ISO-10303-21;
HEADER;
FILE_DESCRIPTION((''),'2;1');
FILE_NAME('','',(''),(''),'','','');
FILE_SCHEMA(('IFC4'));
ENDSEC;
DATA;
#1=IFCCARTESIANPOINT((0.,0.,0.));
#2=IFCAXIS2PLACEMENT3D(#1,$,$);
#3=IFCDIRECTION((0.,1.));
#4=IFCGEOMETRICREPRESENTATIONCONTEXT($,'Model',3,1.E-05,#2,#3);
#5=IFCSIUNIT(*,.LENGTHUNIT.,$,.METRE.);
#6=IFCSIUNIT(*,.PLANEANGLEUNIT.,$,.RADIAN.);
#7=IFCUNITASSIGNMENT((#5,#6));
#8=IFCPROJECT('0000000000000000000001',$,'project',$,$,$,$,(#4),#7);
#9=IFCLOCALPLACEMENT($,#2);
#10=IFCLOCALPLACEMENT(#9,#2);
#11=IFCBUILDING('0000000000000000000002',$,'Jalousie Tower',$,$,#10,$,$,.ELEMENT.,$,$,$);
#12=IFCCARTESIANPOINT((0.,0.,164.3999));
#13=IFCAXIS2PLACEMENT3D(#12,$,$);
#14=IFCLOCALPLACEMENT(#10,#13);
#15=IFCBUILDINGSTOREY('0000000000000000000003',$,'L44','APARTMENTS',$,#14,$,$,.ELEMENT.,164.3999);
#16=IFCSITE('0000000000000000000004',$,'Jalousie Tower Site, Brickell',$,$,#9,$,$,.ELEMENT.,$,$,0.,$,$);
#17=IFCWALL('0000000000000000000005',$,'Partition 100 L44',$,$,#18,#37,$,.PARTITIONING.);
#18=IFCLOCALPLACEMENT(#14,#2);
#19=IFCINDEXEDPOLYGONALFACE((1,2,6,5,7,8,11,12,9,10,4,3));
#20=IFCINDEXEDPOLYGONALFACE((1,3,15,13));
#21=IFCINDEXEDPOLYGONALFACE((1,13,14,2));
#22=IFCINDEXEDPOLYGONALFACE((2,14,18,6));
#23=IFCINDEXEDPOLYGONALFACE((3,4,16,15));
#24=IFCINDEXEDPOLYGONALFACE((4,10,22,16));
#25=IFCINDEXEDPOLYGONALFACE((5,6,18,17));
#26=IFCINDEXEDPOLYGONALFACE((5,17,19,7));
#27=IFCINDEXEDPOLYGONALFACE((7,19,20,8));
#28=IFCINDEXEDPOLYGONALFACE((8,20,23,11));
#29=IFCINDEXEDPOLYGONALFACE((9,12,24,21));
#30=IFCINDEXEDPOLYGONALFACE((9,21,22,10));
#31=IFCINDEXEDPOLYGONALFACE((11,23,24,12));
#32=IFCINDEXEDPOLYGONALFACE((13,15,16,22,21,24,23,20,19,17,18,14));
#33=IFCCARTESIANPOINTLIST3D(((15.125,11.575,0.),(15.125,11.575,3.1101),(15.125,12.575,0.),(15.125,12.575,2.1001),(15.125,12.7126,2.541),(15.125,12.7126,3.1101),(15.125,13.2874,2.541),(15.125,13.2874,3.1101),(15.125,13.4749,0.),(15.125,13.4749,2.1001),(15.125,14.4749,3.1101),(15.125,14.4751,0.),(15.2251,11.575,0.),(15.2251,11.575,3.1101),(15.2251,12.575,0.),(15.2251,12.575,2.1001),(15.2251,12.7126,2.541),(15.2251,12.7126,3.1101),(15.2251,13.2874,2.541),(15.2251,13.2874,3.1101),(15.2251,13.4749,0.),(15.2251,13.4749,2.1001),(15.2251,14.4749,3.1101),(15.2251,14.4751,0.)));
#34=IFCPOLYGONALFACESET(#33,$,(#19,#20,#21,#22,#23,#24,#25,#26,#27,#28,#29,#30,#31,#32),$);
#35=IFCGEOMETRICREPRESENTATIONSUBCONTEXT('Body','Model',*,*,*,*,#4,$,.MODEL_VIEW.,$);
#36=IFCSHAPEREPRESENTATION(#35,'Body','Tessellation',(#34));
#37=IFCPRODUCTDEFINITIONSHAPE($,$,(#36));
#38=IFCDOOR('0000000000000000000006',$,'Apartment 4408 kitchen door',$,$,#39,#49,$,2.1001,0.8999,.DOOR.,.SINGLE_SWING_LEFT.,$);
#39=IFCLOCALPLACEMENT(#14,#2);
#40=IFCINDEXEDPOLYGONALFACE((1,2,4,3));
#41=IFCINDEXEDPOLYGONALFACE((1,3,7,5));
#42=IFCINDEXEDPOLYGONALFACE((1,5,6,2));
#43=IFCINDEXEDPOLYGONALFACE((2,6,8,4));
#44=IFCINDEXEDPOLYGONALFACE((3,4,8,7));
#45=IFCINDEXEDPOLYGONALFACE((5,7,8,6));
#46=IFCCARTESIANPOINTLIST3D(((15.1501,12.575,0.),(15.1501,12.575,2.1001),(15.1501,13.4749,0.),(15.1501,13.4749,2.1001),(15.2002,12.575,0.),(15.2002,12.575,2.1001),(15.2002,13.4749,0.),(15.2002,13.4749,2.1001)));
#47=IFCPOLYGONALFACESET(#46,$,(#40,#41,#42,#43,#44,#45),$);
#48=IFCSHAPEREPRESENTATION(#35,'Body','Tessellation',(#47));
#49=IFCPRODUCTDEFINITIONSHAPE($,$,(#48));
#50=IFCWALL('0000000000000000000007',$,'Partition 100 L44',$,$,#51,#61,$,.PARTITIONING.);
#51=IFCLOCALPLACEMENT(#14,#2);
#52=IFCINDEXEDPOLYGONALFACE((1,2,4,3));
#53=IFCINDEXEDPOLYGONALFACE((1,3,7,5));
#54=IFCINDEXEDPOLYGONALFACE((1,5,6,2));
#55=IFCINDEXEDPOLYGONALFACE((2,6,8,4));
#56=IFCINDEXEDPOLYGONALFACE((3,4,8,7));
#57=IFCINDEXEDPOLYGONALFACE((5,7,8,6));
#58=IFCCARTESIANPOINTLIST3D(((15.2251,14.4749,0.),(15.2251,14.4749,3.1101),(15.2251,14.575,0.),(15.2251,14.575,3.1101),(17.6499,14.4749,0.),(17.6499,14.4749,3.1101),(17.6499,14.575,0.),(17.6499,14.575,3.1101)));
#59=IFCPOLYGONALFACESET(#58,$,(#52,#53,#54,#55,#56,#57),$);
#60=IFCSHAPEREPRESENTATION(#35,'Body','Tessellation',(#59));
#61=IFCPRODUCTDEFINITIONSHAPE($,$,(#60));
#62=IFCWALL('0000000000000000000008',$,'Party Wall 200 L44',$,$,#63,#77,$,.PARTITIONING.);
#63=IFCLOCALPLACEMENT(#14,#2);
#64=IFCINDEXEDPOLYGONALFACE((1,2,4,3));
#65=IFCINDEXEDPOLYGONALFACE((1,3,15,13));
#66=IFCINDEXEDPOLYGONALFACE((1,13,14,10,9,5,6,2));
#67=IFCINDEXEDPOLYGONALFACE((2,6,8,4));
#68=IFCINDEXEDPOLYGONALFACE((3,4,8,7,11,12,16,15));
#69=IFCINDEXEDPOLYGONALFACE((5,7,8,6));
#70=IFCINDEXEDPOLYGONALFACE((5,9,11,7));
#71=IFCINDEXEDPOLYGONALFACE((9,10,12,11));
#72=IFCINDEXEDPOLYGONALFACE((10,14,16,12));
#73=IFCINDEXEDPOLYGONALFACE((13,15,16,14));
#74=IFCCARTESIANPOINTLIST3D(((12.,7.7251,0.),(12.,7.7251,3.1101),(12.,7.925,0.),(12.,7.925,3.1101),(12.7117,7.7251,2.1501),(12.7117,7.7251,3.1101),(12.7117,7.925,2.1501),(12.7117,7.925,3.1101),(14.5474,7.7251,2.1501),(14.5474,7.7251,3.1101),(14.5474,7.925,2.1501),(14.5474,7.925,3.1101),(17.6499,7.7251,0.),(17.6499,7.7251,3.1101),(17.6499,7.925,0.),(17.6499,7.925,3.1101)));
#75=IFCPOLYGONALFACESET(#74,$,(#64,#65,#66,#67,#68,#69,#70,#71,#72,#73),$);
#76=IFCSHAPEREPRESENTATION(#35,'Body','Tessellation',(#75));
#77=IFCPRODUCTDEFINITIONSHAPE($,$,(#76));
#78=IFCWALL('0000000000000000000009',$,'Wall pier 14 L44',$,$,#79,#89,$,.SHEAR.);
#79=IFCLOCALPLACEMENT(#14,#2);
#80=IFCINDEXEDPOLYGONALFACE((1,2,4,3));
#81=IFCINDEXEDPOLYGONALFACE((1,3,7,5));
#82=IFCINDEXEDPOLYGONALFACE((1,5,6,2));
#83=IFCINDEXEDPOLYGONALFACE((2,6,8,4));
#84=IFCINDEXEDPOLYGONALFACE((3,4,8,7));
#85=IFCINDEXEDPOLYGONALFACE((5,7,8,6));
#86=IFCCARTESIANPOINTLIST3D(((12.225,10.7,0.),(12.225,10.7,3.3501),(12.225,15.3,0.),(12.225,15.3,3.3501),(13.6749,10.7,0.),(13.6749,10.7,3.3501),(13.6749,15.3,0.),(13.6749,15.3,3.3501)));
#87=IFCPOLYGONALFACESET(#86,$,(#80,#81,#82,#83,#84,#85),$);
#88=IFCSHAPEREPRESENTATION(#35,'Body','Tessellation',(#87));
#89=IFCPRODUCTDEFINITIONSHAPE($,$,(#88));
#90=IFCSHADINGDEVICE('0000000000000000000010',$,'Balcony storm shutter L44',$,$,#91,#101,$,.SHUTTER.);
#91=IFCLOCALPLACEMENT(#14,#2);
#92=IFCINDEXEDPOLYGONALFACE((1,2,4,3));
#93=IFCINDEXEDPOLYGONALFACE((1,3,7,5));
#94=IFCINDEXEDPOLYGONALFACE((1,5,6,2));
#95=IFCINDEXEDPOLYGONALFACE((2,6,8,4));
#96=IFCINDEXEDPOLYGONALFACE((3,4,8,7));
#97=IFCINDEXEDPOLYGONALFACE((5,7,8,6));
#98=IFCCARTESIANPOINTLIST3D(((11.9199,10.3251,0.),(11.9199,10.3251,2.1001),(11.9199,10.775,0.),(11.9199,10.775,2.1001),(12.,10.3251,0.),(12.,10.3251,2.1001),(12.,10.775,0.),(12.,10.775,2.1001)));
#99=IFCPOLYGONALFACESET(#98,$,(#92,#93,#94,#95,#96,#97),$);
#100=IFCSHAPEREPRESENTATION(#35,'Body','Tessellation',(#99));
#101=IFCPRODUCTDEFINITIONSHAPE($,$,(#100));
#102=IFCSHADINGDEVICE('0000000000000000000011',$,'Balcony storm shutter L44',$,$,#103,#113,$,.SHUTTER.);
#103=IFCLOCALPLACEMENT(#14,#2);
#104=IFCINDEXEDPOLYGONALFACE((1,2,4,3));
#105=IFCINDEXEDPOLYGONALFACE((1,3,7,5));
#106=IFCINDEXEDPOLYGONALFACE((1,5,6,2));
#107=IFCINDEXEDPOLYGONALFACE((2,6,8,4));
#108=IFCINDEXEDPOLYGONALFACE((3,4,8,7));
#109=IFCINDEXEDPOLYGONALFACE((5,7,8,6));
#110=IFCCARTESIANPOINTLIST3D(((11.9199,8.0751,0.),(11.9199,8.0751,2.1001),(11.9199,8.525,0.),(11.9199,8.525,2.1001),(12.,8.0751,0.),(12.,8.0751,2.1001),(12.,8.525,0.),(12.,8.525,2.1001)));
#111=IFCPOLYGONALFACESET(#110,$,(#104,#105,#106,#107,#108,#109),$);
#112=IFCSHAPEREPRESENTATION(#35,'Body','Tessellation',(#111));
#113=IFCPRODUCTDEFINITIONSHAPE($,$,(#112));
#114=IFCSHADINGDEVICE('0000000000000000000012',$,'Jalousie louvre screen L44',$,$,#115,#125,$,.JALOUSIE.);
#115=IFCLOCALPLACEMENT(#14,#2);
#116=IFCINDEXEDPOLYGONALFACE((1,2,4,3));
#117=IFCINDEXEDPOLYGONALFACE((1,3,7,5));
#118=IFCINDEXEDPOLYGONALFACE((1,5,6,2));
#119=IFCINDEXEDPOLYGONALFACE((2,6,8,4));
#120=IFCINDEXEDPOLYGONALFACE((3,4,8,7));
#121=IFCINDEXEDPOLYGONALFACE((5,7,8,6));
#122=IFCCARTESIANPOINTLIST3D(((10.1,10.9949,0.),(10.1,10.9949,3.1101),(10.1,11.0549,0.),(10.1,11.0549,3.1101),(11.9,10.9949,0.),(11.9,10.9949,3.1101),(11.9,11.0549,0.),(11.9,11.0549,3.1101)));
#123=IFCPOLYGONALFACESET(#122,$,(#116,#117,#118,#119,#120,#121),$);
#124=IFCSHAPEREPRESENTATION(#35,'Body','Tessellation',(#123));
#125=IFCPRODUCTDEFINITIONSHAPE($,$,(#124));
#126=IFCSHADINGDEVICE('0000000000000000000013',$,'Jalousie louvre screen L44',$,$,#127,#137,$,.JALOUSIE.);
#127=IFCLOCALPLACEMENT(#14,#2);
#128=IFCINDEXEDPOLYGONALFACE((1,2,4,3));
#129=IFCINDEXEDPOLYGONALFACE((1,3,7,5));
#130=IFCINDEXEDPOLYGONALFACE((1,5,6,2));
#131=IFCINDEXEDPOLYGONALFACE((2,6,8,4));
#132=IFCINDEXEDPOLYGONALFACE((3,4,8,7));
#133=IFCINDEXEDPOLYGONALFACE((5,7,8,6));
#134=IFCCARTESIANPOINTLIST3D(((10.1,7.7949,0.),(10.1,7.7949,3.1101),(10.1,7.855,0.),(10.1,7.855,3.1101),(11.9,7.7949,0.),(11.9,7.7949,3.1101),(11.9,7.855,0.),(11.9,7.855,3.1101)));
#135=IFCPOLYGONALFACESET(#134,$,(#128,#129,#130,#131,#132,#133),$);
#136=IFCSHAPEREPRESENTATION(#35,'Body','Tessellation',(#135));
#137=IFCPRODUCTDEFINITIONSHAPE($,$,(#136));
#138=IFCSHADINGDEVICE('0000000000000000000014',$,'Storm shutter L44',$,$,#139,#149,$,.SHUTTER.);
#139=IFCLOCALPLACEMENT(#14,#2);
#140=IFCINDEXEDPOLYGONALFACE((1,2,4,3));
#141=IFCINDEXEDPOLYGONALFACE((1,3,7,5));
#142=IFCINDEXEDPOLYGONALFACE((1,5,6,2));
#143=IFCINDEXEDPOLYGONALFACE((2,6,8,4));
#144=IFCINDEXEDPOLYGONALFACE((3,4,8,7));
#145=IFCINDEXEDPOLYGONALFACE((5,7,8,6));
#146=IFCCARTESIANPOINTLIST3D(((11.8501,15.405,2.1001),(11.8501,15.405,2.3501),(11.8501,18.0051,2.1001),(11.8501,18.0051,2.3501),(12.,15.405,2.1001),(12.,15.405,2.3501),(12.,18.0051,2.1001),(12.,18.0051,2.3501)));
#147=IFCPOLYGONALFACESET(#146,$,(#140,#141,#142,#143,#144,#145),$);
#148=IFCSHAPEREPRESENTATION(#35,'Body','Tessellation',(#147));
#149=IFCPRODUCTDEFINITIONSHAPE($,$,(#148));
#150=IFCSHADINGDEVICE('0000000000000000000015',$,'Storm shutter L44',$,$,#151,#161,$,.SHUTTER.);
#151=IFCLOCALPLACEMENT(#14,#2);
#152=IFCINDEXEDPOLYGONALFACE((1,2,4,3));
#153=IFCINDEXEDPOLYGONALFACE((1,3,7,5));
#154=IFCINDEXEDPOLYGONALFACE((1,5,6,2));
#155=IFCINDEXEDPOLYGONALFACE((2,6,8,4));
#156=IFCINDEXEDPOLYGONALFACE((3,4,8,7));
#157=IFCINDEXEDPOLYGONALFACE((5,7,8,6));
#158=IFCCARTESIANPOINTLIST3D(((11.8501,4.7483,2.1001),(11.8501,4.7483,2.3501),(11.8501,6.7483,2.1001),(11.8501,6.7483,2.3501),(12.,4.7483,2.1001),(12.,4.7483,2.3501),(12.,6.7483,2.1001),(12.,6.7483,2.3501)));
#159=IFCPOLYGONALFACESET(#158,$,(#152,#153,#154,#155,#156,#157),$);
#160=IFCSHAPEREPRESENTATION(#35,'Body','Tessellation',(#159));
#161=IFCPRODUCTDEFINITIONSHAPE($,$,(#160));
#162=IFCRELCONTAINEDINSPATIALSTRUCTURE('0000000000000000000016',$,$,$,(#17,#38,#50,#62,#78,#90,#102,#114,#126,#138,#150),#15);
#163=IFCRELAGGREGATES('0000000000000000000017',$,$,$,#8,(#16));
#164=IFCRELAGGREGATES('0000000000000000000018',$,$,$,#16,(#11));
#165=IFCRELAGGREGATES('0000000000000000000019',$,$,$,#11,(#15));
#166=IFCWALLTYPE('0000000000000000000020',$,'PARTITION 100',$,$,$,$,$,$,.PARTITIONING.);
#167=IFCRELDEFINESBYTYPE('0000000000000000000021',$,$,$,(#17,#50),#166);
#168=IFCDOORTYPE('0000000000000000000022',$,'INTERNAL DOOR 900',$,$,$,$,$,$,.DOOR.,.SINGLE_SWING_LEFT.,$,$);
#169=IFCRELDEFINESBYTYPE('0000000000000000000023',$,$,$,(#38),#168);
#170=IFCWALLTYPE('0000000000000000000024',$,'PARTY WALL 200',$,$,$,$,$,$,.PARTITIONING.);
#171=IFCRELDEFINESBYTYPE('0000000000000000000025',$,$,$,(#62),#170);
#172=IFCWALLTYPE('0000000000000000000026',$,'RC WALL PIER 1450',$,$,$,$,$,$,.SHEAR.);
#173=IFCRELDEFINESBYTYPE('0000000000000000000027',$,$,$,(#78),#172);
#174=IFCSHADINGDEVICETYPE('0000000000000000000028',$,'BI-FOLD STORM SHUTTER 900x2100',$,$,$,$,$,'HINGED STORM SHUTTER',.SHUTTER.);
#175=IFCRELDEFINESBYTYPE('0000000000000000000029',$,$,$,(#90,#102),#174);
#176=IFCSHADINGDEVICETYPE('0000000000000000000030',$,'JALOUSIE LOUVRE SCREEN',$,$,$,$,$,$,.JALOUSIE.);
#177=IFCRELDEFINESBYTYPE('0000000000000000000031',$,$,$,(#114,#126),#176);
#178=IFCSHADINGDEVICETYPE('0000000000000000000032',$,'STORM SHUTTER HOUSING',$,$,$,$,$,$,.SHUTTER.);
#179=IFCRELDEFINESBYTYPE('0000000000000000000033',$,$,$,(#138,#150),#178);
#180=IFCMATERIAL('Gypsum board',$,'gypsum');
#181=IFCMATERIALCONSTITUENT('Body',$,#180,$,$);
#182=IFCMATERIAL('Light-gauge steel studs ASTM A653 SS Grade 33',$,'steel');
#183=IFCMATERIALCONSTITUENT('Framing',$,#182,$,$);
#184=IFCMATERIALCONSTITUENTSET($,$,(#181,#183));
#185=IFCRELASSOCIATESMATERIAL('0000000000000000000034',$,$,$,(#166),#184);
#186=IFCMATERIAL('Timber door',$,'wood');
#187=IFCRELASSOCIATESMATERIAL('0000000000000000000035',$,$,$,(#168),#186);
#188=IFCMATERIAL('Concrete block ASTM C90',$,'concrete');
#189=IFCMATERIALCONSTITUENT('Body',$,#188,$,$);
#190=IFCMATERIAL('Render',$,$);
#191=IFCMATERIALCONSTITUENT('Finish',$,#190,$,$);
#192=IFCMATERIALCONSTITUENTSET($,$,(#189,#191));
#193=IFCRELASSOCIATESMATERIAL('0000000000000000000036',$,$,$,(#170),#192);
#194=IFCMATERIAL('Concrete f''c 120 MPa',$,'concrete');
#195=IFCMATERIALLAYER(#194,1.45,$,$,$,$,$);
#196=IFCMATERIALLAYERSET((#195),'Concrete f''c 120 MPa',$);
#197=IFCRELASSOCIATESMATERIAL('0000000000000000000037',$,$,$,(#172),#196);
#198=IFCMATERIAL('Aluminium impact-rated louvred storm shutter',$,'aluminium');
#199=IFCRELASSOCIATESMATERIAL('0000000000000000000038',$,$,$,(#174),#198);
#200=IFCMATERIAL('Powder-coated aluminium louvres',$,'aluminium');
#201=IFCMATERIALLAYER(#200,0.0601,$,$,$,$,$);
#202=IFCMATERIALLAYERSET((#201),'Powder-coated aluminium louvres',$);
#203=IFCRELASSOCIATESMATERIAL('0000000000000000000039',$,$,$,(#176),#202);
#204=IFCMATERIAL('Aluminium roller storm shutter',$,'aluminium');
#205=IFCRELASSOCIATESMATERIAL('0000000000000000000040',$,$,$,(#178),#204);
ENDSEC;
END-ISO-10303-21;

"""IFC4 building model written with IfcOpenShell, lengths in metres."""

from ifc_helpers import new_model, si_unit, direction, frame, frame_2d, origin, origin_2d, place, context, subcontext, project, spatial, polyline, rectangle, outline, extrude, material, layer, layer_set, constituent, constituent_set, type_object, element, fill, save


model = new_model("IFC4")

# Units and contexts
model_context = context("Model", 3, precision=1e-05, world=origin(), true_north=direction((0.0, 1.0)))
body_context = subcontext(model_context, "Body", "Model", "MODEL_VIEW")
ifc_project = project(units=[si_unit("LENGTHUNIT", "METRE"), si_unit("PLANEANGLEUNIT", "RADIAN")], contexts=[model_context])

# Site, building, storey
site_placement = place(None, origin())
site = spatial("IfcSite", under=ifc_project, at=site_placement, Name="Jalousie Tower Site, Brickell", CompositionType="ELEMENT", RefElevation=0.0)
building_placement = place(site_placement, origin())
building = spatial("IfcBuilding", under=site, at=building_placement, Name="Jalousie Tower", CompositionType="ELEMENT")
storey_placement = place(building_placement, frame((0.0, 0.0, 164.3999)))
storey = spatial("IfcBuildingStorey", under=building, at=storey_placement, Name="L44", Description="APARTMENTS", CompositionType="ELEMENT", Elevation=164.3999)

# Wall, opening, door
ifc_material_1 = material(Name="Gypsum board", Category="gypsum")
ifc_constituent_1 = constituent(ifc_material_1, Name="Body")
ifc_material_2 = material(Name="Light-gauge steel studs ASTM A653 SS Grade 33", Category="steel")
ifc_constituent_2 = constituent(ifc_material_2, Name="Framing")
ifc_constituent_set_1 = constituent_set(constituents=[ifc_constituent_1, ifc_constituent_2])
wall_type_1 = type_object("IfcWallType", Name="PARTITION 100", PredefinedType="PARTITIONING", material=ifc_constituent_set_1)
wall_1_placement = place(storey_placement, frame((15.175, 11.575, 0.0), z_axis=(0.0, 0.0, 1.0), x_axis=(0.0, 1.0, 0.0)))
wall_1 = element("IfcWall", 1, at=wall_1_placement, inside=storey, type_object=wall_type_1, Name="Partition 100 L44", PredefinedType="PARTITIONING", context=body_context, shape_type="SweptSolid", body=[
    extrude(outline(polyline([(0.0, 0.0), (2.9001, 0.0), (2.8999, 3.1101), (1.7124, 3.1101), (1.7124, 2.541), (1.1377, 2.541), (1.1377, 3.1101), (0.0, 3.1101), (0.0, 0.0)])), frame((0.0, 0.05, 0.0), z_axis=(0.0, -1.0, 0.0), x_axis=(1.0, 0.0, 0.0)), (0.0, 0.0, 1.0), 0.1001),
])
opening_1_placement = place(wall_1_placement, frame((1.0, 0.0, 0.0)))
opening_1 = element("IfcOpeningElement", 2, at=opening_1_placement, cuts=wall_1, PredefinedType="OPENING", context=body_context, shape_type="SweptSolid", body=[
    extrude(rectangle(XDim=0.8999, YDim=2.1001, at=frame_2d((0.45, 1.05))), frame((0.0, 0.0601, 0.0), z_axis=(0.0, -1.0, 0.0), x_axis=(1.0, 0.0, 0.0)), (0.0, 0.0, 1.0), 0.1201),
])
ifc_material_3 = material(Name="Timber door", Category="wood")
door_type_1 = type_object("IfcDoorType", Name="INTERNAL DOOR 900", OperationType="SINGLE_SWING_LEFT", PredefinedType="DOOR", material=ifc_material_3)
door_1_placement = place(opening_1_placement, origin())
door_1 = element("IfcDoor", 3, at=door_1_placement, inside=storey, type_object=door_type_1, Name="Apartment 4408 kitchen door", OperationType="SINGLE_SWING_LEFT", OverallHeight=2.1001, OverallWidth=0.8999, PredefinedType="DOOR", context=body_context, shape_type="SweptSolid", body=[
    extrude(rectangle(XDim=0.8999, YDim=2.1001, at=frame_2d((0.45, 1.05))), frame((0.0, 0.0249, 0.0), z_axis=(0.0, -1.0, 0.0), x_axis=(1.0, 0.0, 0.0)), (0.0, 0.0, 1.0), 0.05),
])
fill(opening_1, door_1)

# Walls
wall_2_placement = place(storey_placement, frame((15.2251, 14.5249, 0.0), z_axis=(0.0, 0.0, 1.0), x_axis=(1.0, 0.0, 0.0)))
element("IfcWall", 4, at=wall_2_placement, inside=storey, type_object=wall_type_1, Name="Partition 100 L44", PredefinedType="PARTITIONING", context=body_context, shape_type="SweptSolid", body=[
    extrude(rectangle(XDim=2.4248, YDim=0.1001, at=frame_2d((1.2124, 0.0))), origin(), (0.0, 0.0, 1.0), 3.1101),
])
ifc_material_4 = material(Name="Concrete block ASTM C90", Category="concrete")
ifc_constituent_3 = constituent(ifc_material_4, Name="Body")
ifc_material_5 = material(Name="Render")
ifc_constituent_4 = constituent(ifc_material_5, Name="Finish")
ifc_constituent_set_2 = constituent_set(constituents=[ifc_constituent_3, ifc_constituent_4])
wall_type_2 = type_object("IfcWallType", Name="PARTY WALL 200", PredefinedType="PARTITIONING", material=ifc_constituent_set_2)
wall_3_placement = place(storey_placement, frame((12.0, 7.825, 0.0), z_axis=(0.0, 0.0, 1.0), x_axis=(1.0, 0.0, 0.0)))
element("IfcWall", 5, at=wall_3_placement, inside=storey, type_object=wall_type_2, Name="Party Wall 200 L44", PredefinedType="PARTITIONING", context=body_context, shape_type="SweptSolid", body=[
    extrude(outline(polyline([(0.0, 0.0), (5.6499, 0.0), (5.6499, 3.1101), (2.5474, 3.1101), (2.5474, 2.1501), (0.7117, 2.1501), (0.7117, 3.1101), (0.0, 3.1101), (0.0, 0.0)])), frame((0.0, 0.1001, 0.0), z_axis=(0.0, -1.0, 0.0), x_axis=(1.0, 0.0, 0.0)), (0.0, 0.0, 1.0), 0.2),
])
ifc_material_6 = material(Name="Concrete f'c 120 MPa", Category="concrete")
ifc_layer_1 = layer(ifc_material_6, 1.45)
ifc_layer_set_1 = layer_set([ifc_layer_1], Name="Concrete f'c 120 MPa")
wall_type_3 = type_object("IfcWallType", Name="RC WALL PIER 1450", PredefinedType="SHEAR", material=ifc_layer_set_1)
wall_4_placement = place(storey_placement, frame((12.95, 10.7, 0.0), z_axis=(0.0, 0.0, 1.0), x_axis=(0.0, 1.0, 0.0)))
element("IfcWall", 6, at=wall_4_placement, inside=storey, type_object=wall_type_3, Name="Wall pier 14 L44", PredefinedType="SHEAR", context=body_context, shape_type="SweptSolid", body=[
    extrude(rectangle(XDim=4.6001, YDim=1.45, at=frame_2d((2.3, 0.0))), origin(), (0.0, 0.0, 1.0), 3.3501),
])

# Shading devices
ifc_material_7 = material(Name="Aluminium impact-rated louvred storm shutter", Category="aluminium")
shading_device_type_1 = type_object("IfcShadingDeviceType", Name="BI-FOLD STORM SHUTTER 900x2100", ElementType="HINGED STORM SHUTTER", PredefinedType="SHUTTER", material=ifc_material_7)
for number, where, z_axis, x_axis, name in (
    (7, (11.96, 10.55, 0.0), (0.0, 0.0, 1.0), (0.0, -1.0, 0.0), "Balcony storm shutter L44"),
    (8, (11.96, 8.3, 0.0), (0.0, 0.0, 1.0), (0.0, -1.0, 0.0), "Balcony storm shutter L44"),
):
    element("IfcShadingDevice", number, at=place(storey_placement, frame(where, z_axis=z_axis, x_axis=x_axis)), inside=storey, type_object=shading_device_type_1, Name=name, PredefinedType="SHUTTER", context=body_context, shape_type="SweptSolid", body=[
        extrude(rectangle(XDim=0.45, YDim=0.0801, at=origin_2d()), origin(), (0.0, 0.0, 1.0), 2.1001),
    ])

# Shading devices
ifc_material_8 = material(Name="Powder-coated aluminium louvres", Category="aluminium")
ifc_layer_2 = layer(ifc_material_8, 0.0601)
ifc_layer_set_2 = layer_set([ifc_layer_2], Name="Powder-coated aluminium louvres")
shading_device_type_2 = type_object("IfcShadingDeviceType", Name="JALOUSIE LOUVRE SCREEN", PredefinedType="JALOUSIE", material=ifc_layer_set_2)
for number, where, z_axis, x_axis, name in (
    (9, (11.0, 11.0249, 0.0), (0.0, 0.0, 1.0), (0.0, -1.0, 0.0), "Jalousie louvre screen L44"),
    (10, (11.0, 7.825, 0.0), (0.0, 0.0, 1.0), (0.0, -1.0, 0.0), "Jalousie louvre screen L44"),
):
    element("IfcShadingDevice", number, at=place(storey_placement, frame(where, z_axis=z_axis, x_axis=x_axis)), inside=storey, type_object=shading_device_type_2, Name=name, PredefinedType="JALOUSIE", context=body_context, shape_type="SweptSolid", body=[
        extrude(rectangle(XDim=0.0601, YDim=1.8, at=origin_2d()), origin(), (0.0, 0.0, 1.0), 3.1101),
    ])
ifc_material_9 = material(Name="Aluminium roller storm shutter", Category="aluminium")
shading_device_type_3 = type_object("IfcShadingDeviceType", Name="STORM SHUTTER HOUSING", PredefinedType="SHUTTER", material=ifc_material_9)
shading_device_1_placement = place(storey_placement, frame((11.925, 16.7051, 2.1001), z_axis=(0.0, 0.0, 1.0), x_axis=(0.0, -1.0, 0.0)))
element("IfcShadingDevice", 11, at=shading_device_1_placement, inside=storey, type_object=shading_device_type_3, Name="Storm shutter L44", PredefinedType="SHUTTER", context=body_context, shape_type="SweptSolid", body=[
    extrude(rectangle(XDim=2.6001, YDim=0.1499, at=origin_2d()), origin(), (0.0, 0.0, 1.0), 0.25),
])
shading_device_2_placement = place(storey_placement, frame((11.925, 5.7483, 2.1001), z_axis=(0.0, 0.0, 1.0), x_axis=(0.0, -1.0, 0.0)))
element("IfcShadingDevice", 12, at=shading_device_2_placement, inside=storey, type_object=shading_device_type_3, Name="Storm shutter L44", PredefinedType="SHUTTER", context=body_context, shape_type="SweptSolid", body=[
    extrude(rectangle(XDim=2.0, YDim=0.1499, at=origin_2d()), origin(), (0.0, 0.0, 1.0), 0.25),
])

save(model, "model.ifc")
